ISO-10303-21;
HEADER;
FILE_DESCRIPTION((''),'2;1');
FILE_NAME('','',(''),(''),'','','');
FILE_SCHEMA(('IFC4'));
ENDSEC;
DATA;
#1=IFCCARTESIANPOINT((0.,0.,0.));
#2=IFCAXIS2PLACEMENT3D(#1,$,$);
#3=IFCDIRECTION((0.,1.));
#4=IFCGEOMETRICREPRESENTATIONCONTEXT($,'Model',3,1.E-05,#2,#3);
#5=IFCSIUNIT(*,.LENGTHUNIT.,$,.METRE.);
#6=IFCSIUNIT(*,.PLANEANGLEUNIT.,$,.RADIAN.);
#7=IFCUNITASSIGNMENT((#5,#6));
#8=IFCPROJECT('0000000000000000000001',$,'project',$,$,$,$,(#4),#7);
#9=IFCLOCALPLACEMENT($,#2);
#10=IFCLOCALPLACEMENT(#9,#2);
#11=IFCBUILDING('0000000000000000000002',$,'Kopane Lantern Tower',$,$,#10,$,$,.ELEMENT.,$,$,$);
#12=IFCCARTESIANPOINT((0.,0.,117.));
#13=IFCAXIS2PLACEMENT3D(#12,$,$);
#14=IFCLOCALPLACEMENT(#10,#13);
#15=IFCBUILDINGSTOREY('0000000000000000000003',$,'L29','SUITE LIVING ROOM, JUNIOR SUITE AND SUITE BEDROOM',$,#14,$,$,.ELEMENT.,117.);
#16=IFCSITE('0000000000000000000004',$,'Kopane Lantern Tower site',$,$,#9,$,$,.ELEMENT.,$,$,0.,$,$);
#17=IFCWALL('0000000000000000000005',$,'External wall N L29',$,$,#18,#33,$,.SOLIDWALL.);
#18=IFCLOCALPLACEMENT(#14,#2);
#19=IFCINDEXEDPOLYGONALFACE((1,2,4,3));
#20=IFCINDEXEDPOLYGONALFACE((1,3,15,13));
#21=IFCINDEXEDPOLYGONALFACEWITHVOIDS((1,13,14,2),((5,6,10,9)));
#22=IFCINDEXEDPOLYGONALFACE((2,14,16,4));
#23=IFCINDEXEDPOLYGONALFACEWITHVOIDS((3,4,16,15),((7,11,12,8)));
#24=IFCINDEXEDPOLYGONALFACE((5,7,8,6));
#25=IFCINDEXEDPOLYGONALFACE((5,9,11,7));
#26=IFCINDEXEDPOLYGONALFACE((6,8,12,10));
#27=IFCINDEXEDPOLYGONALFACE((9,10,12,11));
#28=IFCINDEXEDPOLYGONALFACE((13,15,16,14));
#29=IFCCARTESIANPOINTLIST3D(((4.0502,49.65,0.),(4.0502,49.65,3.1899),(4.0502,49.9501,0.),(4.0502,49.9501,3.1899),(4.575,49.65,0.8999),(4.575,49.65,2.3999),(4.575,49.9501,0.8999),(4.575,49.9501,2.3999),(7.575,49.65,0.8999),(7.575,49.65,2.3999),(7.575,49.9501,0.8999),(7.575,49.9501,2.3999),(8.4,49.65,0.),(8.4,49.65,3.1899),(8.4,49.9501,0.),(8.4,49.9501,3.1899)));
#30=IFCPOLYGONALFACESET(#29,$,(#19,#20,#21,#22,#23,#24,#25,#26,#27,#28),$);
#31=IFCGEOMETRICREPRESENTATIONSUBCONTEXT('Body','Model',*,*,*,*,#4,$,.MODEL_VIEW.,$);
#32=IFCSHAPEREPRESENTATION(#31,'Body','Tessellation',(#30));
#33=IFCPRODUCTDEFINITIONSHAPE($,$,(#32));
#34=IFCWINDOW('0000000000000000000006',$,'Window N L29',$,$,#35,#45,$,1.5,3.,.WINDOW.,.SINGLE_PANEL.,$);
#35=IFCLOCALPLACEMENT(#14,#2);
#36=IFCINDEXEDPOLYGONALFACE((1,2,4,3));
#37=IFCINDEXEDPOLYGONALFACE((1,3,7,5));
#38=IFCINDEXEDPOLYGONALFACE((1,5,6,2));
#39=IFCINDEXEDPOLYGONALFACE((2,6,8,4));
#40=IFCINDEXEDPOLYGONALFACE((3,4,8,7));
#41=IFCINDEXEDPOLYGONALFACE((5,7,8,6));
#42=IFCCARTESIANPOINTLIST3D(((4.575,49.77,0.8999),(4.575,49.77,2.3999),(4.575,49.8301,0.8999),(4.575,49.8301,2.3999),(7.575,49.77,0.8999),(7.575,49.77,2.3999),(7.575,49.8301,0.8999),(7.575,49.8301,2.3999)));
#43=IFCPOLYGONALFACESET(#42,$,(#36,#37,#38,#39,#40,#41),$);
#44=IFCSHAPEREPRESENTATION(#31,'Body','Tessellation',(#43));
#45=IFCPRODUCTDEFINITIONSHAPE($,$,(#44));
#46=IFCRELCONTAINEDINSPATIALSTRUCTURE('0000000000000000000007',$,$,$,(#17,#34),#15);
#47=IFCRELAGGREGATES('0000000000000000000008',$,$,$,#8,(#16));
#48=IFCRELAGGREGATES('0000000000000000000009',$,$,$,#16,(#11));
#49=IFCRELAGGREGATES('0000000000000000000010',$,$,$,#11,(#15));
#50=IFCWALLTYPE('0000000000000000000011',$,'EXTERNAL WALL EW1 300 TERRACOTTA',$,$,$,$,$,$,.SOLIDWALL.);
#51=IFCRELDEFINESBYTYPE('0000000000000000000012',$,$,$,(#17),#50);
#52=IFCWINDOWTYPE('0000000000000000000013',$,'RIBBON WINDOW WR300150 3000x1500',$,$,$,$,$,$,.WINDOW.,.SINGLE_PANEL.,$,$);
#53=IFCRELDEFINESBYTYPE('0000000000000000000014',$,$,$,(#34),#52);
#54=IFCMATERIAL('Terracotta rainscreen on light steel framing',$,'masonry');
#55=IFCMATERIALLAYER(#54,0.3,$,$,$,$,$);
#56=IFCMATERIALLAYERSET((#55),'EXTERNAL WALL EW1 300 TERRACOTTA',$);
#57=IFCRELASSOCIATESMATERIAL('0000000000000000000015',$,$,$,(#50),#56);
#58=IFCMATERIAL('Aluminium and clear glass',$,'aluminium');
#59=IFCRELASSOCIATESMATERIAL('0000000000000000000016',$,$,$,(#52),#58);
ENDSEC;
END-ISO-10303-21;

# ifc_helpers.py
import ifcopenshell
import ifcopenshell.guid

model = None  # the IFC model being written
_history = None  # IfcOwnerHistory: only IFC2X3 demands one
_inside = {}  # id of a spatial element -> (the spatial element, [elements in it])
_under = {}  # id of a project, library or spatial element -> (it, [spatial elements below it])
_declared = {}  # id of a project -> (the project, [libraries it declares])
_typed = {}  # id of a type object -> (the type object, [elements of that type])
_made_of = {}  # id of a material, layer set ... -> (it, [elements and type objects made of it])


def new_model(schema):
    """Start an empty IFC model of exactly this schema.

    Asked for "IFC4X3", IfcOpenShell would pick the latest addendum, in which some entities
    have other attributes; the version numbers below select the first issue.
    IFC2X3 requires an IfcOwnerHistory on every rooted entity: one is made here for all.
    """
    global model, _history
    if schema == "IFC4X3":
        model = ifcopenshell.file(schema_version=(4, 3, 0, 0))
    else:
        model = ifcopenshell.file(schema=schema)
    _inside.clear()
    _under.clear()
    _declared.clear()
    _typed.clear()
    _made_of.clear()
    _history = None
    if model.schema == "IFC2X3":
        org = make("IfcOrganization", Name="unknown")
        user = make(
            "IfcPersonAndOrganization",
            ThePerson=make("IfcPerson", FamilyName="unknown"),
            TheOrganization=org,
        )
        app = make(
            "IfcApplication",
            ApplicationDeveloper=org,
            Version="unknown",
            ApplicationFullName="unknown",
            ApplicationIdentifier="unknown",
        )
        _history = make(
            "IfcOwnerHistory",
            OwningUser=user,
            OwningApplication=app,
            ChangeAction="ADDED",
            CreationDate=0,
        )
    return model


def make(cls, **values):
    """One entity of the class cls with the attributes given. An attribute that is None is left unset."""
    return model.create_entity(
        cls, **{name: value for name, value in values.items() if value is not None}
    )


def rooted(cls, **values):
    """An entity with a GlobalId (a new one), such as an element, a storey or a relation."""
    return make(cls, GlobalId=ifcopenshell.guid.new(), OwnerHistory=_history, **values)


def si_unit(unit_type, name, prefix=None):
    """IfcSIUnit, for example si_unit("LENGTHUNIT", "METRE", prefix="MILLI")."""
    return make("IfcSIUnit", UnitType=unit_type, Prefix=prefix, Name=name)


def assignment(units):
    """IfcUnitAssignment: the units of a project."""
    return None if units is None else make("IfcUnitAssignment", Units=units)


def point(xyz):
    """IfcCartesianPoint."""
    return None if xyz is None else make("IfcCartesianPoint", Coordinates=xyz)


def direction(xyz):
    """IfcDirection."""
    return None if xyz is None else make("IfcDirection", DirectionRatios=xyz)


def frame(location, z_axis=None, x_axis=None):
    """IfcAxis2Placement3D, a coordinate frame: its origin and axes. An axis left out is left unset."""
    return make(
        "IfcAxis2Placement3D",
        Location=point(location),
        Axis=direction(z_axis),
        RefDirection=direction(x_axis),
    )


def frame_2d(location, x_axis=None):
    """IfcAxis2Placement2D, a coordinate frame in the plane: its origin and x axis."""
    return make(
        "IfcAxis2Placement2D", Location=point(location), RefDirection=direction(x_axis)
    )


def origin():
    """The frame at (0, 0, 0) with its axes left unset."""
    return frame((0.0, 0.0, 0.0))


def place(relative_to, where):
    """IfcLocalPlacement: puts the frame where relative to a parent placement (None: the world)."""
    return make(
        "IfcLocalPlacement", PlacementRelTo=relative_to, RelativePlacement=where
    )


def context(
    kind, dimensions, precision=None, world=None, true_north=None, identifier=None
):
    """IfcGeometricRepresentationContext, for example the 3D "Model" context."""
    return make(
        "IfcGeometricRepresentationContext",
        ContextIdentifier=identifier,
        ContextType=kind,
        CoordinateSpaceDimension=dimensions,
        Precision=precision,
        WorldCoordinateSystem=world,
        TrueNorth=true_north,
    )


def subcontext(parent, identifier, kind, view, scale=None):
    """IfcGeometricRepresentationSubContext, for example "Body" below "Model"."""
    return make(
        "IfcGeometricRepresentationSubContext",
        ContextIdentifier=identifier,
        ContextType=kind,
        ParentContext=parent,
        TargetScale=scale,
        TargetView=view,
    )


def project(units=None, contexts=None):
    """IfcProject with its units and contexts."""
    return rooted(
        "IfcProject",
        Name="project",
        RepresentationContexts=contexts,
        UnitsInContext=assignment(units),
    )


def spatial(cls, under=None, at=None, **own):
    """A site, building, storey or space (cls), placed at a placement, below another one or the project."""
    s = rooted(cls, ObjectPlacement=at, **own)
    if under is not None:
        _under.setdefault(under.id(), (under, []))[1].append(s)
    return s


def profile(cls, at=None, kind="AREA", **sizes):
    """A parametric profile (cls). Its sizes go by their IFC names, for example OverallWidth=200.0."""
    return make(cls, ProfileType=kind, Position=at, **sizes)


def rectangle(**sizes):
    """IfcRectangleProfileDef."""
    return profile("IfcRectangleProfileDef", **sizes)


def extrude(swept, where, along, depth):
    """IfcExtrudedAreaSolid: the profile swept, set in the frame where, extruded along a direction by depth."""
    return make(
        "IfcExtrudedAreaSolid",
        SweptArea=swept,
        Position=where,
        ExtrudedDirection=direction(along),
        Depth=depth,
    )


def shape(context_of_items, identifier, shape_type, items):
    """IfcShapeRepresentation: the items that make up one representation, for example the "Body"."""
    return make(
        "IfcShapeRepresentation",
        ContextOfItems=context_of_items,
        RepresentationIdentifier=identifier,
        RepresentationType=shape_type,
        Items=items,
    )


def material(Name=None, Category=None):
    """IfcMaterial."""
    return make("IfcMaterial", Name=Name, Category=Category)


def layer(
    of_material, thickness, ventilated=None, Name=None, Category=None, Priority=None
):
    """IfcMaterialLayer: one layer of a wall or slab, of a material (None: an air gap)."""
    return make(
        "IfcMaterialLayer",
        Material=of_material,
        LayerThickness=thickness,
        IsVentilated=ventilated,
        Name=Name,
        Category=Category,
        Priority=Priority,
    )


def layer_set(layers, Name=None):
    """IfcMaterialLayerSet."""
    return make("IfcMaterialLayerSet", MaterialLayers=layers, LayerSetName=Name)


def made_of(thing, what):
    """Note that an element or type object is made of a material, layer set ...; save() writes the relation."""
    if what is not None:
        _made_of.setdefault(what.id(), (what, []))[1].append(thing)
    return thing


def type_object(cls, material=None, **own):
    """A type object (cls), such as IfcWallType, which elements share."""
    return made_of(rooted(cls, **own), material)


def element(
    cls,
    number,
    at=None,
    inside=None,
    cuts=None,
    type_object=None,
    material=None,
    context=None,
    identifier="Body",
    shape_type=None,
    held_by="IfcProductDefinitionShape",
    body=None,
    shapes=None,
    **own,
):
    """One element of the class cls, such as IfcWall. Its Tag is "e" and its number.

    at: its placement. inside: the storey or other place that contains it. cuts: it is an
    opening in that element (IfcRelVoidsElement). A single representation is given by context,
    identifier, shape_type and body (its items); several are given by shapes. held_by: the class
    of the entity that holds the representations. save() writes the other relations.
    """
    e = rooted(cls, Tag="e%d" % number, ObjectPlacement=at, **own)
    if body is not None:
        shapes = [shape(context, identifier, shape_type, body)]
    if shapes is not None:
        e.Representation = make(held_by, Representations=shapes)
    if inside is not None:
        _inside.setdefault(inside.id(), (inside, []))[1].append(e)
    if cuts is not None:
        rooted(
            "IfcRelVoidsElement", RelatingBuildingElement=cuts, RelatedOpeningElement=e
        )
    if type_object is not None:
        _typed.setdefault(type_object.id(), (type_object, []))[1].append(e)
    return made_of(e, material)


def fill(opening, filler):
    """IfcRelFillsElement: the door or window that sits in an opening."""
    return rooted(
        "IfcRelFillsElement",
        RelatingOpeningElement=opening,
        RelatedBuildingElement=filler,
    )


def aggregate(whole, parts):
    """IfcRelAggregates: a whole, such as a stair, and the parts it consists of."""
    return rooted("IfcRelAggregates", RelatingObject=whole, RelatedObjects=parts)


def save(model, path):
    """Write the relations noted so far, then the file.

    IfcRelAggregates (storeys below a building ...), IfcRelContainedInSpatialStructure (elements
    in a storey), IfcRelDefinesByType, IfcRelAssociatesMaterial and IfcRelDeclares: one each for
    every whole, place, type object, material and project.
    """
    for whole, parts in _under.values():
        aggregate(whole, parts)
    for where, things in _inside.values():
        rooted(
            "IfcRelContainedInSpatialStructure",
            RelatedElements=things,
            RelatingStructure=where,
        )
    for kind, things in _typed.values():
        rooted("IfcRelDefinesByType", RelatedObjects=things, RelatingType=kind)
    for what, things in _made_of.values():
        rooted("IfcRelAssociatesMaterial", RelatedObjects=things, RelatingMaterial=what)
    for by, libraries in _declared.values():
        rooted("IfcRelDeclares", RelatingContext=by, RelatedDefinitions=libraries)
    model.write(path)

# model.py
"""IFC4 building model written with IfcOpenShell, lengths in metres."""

from ifc_helpers import new_model, si_unit, direction, frame, frame_2d, origin, place, context, subcontext, project, spatial, rectangle, extrude, material, layer, layer_set, type_object, element, fill, save


model = new_model("IFC4")

# Units and contexts
model_context = context("Model", 3, precision=1e-05, world=origin(), true_north=direction((0.0, 1.0)))
body_context = subcontext(model_context, "Body", "Model", "MODEL_VIEW")
ifc_project = project(units=[si_unit("LENGTHUNIT", "METRE"), si_unit("PLANEANGLEUNIT", "RADIAN")], contexts=[model_context])

# Site, building, storey
site_placement = place(None, origin())
site = spatial("IfcSite", under=ifc_project, at=site_placement, Name="Kopane Lantern Tower site", CompositionType="ELEMENT", RefElevation=0.0)
building_placement = place(site_placement, origin())
building = spatial("IfcBuilding", under=site, at=building_placement, Name="Kopane Lantern Tower", CompositionType="ELEMENT")
storey_placement = place(building_placement, frame((0.0, 0.0, 117.0)))
storey = spatial("IfcBuildingStorey", under=building, at=storey_placement, Name="L29", Description="SUITE LIVING ROOM, JUNIOR SUITE AND SUITE BEDROOM", CompositionType="ELEMENT", Elevation=117.0)

# Wall, opening, window
ifc_material_1 = material(Name="Terracotta rainscreen on light steel framing", Category="masonry")
ifc_layer_1 = layer(ifc_material_1, 0.3)
ifc_layer_set_1 = layer_set([ifc_layer_1], Name="EXTERNAL WALL EW1 300 TERRACOTTA")
wall_type_1 = type_object("IfcWallType", Name="EXTERNAL WALL EW1 300 TERRACOTTA", PredefinedType="SOLIDWALL", material=ifc_layer_set_1)
ifc_material_2 = material(Name="Aluminium and clear glass", Category="aluminium")
window_type = type_object("IfcWindowType", Name="RIBBON WINDOW WR300150 3000x1500", PartitioningType="SINGLE_PANEL", PredefinedType="WINDOW", material=ifc_material_2)
wall_1_placement = place(storey_placement, frame((8.3999, 49.8, 0.0), z_axis=(0.0, 0.0, 1.0), x_axis=(-1.0, 0.0, 0.0)))
wall_1 = element("IfcWall", 1, at=wall_1_placement, inside=storey, type_object=wall_type_1, Name="External wall N L29", PredefinedType="SOLIDWALL", context=body_context, shape_type="SweptSolid", body=[
    extrude(rectangle(XDim=4.3499, YDim=0.3, at=frame_2d((2.1748, 0.0))), origin(), (0.0, 0.0, 1.0), 3.1899),
])
opening_1_placement = place(wall_1_placement, frame((0.825, 0.0, 0.8999)))
opening_1 = element("IfcOpeningElement", 2, at=opening_1_placement, cuts=wall_1, PredefinedType="OPENING", context=body_context, shape_type="SweptSolid", body=[
    extrude(rectangle(XDim=3.0, YDim=1.5, at=frame_2d((1.5, 0.75))), frame((0.0, 0.1599, 0.0), z_axis=(0.0, -1.0, 0.0), x_axis=(1.0, 0.0, 0.0)), (0.0, 0.0, 1.0), 0.3201),
])
window_1_placement = place(opening_1_placement, origin())
window_1 = element("IfcWindow", 3, at=window_1_placement, inside=storey, type_object=window_type, Name="Window N L29", OverallHeight=1.5, OverallWidth=3.0, PartitioningType="SINGLE_PANEL", PredefinedType="WINDOW", context=body_context, shape_type="SweptSolid", body=[
    extrude(rectangle(XDim=3.0, YDim=1.5, at=frame_2d((1.5, 0.75))), frame((0.0, 0.03, 0.0), z_axis=(0.0, -1.0, 0.0), x_axis=(1.0, 0.0, 0.0)), (0.0, 0.0, 1.0), 0.0601),
])
fill(opening_1, window_1)

save(model, "model.ifc")
